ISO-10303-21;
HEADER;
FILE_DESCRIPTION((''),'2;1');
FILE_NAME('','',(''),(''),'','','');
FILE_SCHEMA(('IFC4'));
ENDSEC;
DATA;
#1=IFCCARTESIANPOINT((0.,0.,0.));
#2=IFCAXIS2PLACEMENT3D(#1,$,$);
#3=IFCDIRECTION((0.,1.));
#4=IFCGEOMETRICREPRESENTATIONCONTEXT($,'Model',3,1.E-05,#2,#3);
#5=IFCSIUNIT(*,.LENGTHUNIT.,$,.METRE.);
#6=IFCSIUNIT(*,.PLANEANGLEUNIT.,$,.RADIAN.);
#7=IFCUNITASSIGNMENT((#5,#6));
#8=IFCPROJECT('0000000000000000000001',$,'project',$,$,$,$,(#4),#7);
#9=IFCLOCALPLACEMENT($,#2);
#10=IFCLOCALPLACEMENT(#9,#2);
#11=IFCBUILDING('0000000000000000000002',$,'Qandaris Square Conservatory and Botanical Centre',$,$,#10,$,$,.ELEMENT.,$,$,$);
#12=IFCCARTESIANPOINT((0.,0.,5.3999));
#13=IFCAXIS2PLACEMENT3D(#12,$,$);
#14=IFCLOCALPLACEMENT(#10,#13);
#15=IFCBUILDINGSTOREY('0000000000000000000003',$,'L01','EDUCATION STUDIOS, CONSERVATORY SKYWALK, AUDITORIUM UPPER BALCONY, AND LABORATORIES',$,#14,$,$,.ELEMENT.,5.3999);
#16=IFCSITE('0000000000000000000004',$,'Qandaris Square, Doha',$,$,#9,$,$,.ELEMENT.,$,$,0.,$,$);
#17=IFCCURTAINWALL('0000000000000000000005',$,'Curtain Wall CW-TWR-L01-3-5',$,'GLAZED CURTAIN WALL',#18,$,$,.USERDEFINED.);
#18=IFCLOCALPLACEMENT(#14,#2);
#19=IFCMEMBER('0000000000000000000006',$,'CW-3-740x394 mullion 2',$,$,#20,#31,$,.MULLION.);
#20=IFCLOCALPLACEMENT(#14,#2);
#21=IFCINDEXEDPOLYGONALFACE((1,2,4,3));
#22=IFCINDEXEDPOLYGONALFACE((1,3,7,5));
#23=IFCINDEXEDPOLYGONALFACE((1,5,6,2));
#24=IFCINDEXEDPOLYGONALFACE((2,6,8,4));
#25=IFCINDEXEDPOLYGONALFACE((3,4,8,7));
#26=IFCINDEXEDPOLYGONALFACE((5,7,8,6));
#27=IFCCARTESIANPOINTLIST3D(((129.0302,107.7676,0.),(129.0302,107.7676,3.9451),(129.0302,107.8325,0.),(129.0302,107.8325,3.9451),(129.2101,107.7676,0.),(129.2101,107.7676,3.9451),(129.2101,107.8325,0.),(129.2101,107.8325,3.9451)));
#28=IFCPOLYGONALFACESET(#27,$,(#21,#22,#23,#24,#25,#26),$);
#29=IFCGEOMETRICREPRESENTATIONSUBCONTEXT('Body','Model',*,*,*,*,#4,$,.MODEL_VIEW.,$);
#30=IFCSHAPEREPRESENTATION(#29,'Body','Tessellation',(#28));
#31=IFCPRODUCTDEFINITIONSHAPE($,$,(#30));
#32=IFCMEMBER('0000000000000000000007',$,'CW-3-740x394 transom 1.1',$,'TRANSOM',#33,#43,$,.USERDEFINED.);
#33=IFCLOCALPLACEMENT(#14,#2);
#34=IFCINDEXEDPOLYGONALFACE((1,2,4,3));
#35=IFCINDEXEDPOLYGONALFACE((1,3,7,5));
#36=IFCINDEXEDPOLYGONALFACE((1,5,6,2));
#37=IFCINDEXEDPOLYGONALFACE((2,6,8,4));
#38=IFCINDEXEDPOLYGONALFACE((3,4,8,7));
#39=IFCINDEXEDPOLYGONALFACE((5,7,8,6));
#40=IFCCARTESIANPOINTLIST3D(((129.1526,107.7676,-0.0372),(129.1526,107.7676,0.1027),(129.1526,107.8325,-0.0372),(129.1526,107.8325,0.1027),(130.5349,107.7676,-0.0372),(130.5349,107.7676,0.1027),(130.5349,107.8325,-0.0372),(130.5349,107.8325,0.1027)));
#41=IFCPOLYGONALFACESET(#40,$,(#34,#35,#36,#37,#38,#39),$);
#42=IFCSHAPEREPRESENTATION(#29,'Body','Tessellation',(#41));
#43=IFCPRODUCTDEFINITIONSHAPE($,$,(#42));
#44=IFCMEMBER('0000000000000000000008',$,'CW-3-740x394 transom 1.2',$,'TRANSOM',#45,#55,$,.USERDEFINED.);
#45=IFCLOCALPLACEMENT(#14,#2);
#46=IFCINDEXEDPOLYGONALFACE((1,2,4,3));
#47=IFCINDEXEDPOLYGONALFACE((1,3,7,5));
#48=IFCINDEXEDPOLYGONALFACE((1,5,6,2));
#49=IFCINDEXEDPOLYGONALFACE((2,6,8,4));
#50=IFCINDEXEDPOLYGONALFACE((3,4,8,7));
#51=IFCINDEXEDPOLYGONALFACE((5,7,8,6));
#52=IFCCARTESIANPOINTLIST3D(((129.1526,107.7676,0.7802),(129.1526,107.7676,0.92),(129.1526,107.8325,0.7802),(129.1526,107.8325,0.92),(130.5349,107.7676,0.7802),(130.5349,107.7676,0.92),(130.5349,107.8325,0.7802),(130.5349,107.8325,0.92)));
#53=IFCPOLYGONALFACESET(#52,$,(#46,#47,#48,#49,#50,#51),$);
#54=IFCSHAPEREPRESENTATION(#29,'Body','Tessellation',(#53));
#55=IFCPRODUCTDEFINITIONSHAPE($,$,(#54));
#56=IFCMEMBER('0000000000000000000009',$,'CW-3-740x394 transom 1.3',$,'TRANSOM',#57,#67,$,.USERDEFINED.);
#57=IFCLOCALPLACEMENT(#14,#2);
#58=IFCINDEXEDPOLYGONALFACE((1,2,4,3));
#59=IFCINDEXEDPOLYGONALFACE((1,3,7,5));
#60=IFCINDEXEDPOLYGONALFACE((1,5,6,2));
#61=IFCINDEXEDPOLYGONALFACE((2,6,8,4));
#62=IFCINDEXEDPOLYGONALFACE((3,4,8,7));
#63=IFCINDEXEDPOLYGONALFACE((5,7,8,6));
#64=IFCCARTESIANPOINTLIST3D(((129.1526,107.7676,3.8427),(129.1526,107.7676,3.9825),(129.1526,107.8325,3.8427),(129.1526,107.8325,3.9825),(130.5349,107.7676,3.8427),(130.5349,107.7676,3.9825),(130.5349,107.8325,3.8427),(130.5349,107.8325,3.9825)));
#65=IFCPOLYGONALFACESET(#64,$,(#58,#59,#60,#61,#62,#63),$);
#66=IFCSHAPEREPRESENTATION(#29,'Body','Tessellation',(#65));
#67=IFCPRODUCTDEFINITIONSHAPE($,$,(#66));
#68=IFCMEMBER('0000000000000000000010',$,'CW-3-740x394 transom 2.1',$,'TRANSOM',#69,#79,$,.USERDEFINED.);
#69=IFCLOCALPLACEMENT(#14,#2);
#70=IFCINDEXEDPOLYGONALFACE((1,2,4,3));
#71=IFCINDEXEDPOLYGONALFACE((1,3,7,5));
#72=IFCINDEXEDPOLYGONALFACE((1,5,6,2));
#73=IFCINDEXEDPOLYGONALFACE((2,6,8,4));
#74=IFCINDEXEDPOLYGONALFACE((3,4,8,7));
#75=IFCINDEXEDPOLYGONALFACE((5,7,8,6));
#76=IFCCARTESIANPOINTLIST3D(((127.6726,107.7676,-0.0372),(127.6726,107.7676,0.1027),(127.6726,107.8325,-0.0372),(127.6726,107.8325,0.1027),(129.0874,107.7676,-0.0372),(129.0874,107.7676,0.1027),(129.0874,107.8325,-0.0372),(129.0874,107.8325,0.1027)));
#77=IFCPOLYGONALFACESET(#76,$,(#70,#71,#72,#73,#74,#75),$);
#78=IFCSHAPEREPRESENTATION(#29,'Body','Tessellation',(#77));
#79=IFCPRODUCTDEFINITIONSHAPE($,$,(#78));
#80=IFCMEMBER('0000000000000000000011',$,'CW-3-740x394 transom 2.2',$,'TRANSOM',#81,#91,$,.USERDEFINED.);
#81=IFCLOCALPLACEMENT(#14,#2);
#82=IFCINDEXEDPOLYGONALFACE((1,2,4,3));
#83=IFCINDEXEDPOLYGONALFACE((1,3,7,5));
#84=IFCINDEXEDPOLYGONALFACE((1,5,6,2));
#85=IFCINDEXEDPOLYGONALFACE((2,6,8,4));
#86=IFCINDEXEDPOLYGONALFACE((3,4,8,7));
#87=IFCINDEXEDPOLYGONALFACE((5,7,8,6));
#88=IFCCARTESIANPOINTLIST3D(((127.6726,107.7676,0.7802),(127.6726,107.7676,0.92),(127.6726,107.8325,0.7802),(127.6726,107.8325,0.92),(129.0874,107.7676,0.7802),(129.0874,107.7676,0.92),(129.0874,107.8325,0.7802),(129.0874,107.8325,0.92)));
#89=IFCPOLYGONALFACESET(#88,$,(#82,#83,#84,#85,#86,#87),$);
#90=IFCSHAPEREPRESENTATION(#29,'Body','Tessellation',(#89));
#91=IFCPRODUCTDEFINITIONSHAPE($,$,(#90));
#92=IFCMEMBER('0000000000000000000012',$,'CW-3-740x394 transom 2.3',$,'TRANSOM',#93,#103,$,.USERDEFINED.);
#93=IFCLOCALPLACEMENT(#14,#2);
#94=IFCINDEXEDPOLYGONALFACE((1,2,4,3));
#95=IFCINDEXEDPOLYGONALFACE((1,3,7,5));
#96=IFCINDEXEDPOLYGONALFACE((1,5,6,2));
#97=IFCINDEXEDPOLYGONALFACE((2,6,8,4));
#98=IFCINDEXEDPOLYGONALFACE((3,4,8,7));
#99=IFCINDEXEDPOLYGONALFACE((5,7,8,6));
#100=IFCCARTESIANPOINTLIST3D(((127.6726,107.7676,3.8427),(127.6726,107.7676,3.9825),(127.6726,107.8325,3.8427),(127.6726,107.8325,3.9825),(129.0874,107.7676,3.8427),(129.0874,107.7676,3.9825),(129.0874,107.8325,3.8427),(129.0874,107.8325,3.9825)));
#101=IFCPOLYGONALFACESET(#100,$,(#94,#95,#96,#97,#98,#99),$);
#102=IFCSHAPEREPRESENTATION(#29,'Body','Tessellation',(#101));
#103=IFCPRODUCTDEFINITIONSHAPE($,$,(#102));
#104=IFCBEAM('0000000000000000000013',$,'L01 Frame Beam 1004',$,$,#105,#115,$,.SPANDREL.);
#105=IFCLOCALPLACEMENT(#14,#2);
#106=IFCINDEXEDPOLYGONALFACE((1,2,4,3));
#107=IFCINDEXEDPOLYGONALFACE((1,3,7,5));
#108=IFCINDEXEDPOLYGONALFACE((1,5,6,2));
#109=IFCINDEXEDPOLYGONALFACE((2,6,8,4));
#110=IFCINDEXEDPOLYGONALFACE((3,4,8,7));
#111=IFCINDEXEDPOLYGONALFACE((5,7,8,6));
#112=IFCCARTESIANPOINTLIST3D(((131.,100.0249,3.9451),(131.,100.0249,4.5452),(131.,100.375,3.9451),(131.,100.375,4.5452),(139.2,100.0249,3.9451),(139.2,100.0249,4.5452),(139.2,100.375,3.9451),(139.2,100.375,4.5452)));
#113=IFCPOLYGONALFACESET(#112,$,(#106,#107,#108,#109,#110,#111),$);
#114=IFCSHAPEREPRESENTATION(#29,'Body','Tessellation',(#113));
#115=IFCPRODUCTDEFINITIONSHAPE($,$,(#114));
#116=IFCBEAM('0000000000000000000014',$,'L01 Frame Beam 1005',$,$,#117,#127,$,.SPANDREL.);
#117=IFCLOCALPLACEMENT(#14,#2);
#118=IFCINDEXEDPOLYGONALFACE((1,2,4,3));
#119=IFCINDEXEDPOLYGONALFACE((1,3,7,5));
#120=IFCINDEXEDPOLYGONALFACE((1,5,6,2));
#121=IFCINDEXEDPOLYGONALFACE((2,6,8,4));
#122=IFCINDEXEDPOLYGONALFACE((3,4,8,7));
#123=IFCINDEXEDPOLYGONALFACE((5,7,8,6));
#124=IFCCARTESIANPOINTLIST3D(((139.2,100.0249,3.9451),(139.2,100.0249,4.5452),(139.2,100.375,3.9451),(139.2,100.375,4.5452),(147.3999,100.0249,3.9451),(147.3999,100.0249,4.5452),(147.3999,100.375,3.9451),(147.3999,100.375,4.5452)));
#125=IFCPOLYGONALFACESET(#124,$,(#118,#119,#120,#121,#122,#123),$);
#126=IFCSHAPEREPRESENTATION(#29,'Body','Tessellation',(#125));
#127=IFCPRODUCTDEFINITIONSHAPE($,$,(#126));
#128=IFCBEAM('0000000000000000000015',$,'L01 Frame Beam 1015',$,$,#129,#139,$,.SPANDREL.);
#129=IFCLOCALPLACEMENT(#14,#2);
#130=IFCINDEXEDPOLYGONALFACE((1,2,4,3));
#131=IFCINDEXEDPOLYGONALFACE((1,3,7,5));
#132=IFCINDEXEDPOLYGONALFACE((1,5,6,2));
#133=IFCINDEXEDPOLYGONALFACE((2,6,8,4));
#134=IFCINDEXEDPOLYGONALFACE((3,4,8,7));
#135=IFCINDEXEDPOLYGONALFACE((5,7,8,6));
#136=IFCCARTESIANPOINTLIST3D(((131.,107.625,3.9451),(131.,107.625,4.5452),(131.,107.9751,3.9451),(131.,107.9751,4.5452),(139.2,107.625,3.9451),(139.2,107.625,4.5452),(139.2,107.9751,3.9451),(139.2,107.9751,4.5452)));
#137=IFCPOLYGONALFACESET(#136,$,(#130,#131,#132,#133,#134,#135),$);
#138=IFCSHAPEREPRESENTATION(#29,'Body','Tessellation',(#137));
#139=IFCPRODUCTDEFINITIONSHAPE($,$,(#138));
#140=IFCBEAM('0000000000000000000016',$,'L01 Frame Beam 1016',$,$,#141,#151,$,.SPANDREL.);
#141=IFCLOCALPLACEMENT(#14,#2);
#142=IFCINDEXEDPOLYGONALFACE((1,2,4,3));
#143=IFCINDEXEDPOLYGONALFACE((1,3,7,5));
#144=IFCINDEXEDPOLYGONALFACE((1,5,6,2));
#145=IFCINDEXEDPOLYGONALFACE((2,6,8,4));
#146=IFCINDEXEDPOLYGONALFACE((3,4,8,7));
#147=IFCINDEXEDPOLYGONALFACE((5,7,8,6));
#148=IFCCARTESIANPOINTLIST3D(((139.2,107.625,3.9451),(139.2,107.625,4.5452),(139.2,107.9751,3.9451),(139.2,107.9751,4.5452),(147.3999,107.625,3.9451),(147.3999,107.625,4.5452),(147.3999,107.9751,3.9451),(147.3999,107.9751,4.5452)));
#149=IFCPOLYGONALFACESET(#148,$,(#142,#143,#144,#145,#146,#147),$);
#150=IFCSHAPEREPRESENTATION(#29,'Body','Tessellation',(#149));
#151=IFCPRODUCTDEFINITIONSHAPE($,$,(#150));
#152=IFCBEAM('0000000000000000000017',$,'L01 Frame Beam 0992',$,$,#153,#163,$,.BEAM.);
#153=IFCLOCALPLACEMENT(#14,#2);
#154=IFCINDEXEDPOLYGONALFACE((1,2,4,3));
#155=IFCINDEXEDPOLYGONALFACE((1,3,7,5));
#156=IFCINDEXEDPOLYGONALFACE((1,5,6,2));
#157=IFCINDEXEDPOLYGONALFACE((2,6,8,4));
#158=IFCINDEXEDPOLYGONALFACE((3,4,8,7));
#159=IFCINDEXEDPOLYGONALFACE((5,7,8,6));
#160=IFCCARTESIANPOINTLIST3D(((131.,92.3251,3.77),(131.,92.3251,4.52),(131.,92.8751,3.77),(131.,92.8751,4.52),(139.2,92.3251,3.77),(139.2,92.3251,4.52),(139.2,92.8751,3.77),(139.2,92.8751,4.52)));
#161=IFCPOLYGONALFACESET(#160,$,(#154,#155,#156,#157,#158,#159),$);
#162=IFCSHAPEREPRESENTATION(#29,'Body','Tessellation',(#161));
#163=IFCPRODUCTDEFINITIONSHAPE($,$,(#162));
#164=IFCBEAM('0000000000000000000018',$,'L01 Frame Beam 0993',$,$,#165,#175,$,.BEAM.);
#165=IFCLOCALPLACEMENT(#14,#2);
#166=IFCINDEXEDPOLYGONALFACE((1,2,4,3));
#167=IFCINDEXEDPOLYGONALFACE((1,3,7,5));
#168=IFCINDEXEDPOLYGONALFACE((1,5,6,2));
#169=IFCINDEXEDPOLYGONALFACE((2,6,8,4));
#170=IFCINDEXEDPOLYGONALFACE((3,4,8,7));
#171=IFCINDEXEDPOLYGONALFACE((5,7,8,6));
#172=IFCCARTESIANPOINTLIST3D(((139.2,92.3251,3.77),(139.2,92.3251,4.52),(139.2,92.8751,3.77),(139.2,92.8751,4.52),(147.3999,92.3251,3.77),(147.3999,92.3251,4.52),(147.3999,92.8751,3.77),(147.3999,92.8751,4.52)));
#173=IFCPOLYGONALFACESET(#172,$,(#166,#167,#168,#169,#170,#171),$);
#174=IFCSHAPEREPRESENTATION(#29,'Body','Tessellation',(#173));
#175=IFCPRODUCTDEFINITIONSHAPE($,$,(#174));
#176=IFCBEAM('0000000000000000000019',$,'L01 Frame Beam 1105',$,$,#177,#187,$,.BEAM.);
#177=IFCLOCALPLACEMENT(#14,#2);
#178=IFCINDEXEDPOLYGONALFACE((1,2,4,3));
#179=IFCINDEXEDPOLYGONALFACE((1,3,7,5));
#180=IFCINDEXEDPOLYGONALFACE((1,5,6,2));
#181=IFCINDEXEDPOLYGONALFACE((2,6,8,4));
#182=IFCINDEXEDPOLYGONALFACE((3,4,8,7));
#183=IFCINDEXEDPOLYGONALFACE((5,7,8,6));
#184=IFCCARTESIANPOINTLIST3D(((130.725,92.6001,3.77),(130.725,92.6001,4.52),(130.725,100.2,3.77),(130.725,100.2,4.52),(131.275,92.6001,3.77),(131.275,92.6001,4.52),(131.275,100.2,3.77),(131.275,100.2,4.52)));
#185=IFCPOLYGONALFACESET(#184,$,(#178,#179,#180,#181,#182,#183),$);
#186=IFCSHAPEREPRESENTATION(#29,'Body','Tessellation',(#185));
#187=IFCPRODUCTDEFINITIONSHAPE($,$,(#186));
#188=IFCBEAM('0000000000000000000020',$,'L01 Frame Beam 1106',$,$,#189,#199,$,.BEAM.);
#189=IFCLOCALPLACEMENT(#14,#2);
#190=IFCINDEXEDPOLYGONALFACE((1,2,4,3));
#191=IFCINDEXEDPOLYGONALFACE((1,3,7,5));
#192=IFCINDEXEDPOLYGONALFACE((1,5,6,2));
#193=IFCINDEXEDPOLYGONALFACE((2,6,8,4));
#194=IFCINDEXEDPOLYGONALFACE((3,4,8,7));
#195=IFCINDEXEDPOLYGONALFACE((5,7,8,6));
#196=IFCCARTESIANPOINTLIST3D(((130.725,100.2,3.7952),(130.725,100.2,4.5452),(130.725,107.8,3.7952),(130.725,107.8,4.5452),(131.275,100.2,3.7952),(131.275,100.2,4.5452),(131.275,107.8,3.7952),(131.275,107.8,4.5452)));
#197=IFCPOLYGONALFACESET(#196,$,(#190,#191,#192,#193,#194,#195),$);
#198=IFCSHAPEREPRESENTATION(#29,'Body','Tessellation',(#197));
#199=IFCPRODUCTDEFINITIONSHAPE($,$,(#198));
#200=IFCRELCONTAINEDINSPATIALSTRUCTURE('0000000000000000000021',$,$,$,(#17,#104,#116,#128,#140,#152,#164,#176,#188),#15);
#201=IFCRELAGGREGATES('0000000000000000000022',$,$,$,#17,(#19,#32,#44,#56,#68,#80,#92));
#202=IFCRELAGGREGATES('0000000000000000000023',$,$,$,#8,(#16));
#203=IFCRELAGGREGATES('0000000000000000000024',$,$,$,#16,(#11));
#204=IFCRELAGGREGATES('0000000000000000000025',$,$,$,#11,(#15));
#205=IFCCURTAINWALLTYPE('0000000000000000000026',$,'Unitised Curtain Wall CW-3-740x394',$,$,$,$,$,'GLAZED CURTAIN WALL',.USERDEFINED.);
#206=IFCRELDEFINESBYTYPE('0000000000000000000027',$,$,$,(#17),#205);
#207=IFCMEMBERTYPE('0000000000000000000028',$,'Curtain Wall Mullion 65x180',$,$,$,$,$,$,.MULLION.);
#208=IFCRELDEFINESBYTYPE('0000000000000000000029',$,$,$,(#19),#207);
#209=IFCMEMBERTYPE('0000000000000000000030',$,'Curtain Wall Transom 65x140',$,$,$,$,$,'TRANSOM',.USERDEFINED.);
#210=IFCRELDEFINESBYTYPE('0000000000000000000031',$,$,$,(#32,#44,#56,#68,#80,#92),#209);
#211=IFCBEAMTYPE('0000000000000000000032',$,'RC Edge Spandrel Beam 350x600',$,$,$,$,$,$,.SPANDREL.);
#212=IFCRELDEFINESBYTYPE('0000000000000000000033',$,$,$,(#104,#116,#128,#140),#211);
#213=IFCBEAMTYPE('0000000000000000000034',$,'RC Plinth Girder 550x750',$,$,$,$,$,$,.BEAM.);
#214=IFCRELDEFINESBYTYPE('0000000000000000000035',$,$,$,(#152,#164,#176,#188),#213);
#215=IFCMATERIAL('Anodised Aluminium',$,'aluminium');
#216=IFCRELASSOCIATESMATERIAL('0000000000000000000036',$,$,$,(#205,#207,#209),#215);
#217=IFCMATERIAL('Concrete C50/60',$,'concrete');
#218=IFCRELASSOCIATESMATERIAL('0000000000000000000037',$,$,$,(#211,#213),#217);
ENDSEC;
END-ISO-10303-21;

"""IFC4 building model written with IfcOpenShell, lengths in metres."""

from ifc_helpers import new_model, si_unit, direction, frame, origin, origin_2d, place, context, subcontext, project, spatial, rectangle, extrude, material, material_profile, profile_set, type_object, element, aggregate, save


model = new_model("IFC4")

# Units and contexts
model_context = context("Model", 3, precision=1e-05, world=origin(), true_north=direction((0.0, 1.0)))
body_context = subcontext(model_context, "Body", "Model", "MODEL_VIEW")
ifc_project = project(units=[si_unit("LENGTHUNIT", "METRE"), si_unit("PLANEANGLEUNIT", "RADIAN")], contexts=[model_context])

# Site, building, storey
site_placement = place(None, origin())
site = spatial("IfcSite", under=ifc_project, at=site_placement, Name="Qandaris Square, Doha", CompositionType="ELEMENT", RefElevation=0.0)
building_placement = place(site_placement, origin())
building = spatial("IfcBuilding", under=site, at=building_placement, Name="Qandaris Square Conservatory and Botanical Centre", CompositionType="ELEMENT")
storey_placement = place(building_placement, frame((0.0, 0.0, 5.3999)))
storey = spatial("IfcBuildingStorey", under=building, at=storey_placement, Name="L01", Description="EDUCATION STUDIOS, CONSERVATORY SKYWALK, AUDITORIUM UPPER BALCONY, AND LABORATORIES", CompositionType="ELEMENT", Elevation=5.3999)

# Shared definitions
ifc_material_1 = material(Name="Concrete C50/60", Category="concrete")

# Curtain wall, members
ifc_material_2 = material(Name="Anodised Aluminium", Category="aluminium")
curtain_wall_type = type_object("IfcCurtainWallType", Name="Unitised Curtain Wall CW-3-740x394", ElementType="GLAZED CURTAIN WALL", PredefinedType="USERDEFINED", material=ifc_material_2)
curtain_wall_placement = place(storey_placement, origin())
curtain_wall = element("IfcCurtainWall", 1, at=curtain_wall_placement, inside=storey, type_object=curtain_wall_type, Name="Curtain Wall CW-TWR-L01-3-5", ObjectType="GLAZED CURTAIN WALL", PredefinedType="USERDEFINED")
ifc_material_profile_1 = material_profile(ifc_material_2, rectangle(XDim=0.0649, YDim=0.1799, at=origin_2d()), Name="ALU-MUL 65x180")
ifc_profile_set_1 = profile_set([ifc_material_profile_1], Name="Anodised Aluminium")
member_type_1 = type_object("IfcMemberType", Name="Curtain Wall Mullion 65x180", PredefinedType="MULLION", material=ifc_profile_set_1)
member_1_placement = place(storey_placement, frame((129.1201, 107.8, 0.0), z_axis=(0.0, 0.0, 1.0), x_axis=(0.0, -1.0, 0.0)))
member_1 = element("IfcMember", 2, at=member_1_placement, type_object=member_type_1, Name="CW-3-740x394 mullion 2", PredefinedType="MULLION", context=body_context, shape_type="SweptSolid", body=[
    extrude(rectangle(XDim=0.0649, YDim=0.1799, at=origin_2d()), origin(), (0.0, 0.0, 1.0), 3.9451),
])
ifc_material_profile_2 = material_profile(ifc_material_2, rectangle(XDim=0.0649, YDim=0.1399, at=origin_2d()), Name="ALU-TRN 65x140")
ifc_profile_set_2 = profile_set([ifc_material_profile_2], Name="Anodised Aluminium")
member_type_2 = type_object("IfcMemberType", Name="Curtain Wall Transom 65x140", ElementType="TRANSOM", PredefinedType="USERDEFINED", material=ifc_profile_set_2)
member_2_placement = place(storey_placement, frame((130.5349, 107.8, 0.0327), z_axis=(-1.0, 0.0, 0.0), x_axis=(0.0, -1.0, 0.0)))
member_2 = element("IfcMember", 3, at=member_2_placement, type_object=member_type_2, Name="CW-3-740x394 transom 1.1", ObjectType="TRANSOM", PredefinedType="USERDEFINED", context=body_context, shape_type="SweptSolid", body=[
    extrude(rectangle(XDim=0.0649, YDim=0.1399, at=origin_2d()), origin(), (0.0, 0.0, 1.0), 1.3823),
])
member_3_placement = place(storey_placement, frame((130.5349, 107.8, 0.8501), z_axis=(-1.0, 0.0, 0.0), x_axis=(0.0, -1.0, 0.0)))
member_3 = element("IfcMember", 4, at=member_3_placement, type_object=member_type_2, Name="CW-3-740x394 transom 1.2", ObjectType="TRANSOM", PredefinedType="USERDEFINED", context=body_context, shape_type="SweptSolid", body=[
    extrude(rectangle(XDim=0.0649, YDim=0.1399, at=origin_2d()), origin(), (0.0, 0.0, 1.0), 1.3823),
])
member_4_placement = place(storey_placement, frame((130.5349, 107.8, 3.9126), z_axis=(-1.0, 0.0, 0.0), x_axis=(0.0, -1.0, 0.0)))
member_4 = element("IfcMember", 5, at=member_4_placement, type_object=member_type_2, Name="CW-3-740x394 transom 1.3", ObjectType="TRANSOM", PredefinedType="USERDEFINED", context=body_context, shape_type="SweptSolid", body=[
    extrude(rectangle(XDim=0.0649, YDim=0.1399, at=origin_2d()), origin(), (0.0, 0.0, 1.0), 1.3823),
])
member_5_placement = place(storey_placement, frame((129.0874, 107.8, 0.0327), z_axis=(-1.0, 0.0, 0.0), x_axis=(0.0, -1.0, 0.0)))
member_5 = element("IfcMember", 6, at=member_5_placement, type_object=member_type_2, Name="CW-3-740x394 transom 2.1", ObjectType="TRANSOM", PredefinedType="USERDEFINED", context=body_context, shape_type="SweptSolid", body=[
    extrude(rectangle(XDim=0.0649, YDim=0.1399, at=origin_2d()), origin(), (0.0, 0.0, 1.0), 1.4148),
])
member_6_placement = place(storey_placement, frame((129.0874, 107.8, 0.8501), z_axis=(-1.0, 0.0, 0.0), x_axis=(0.0, -1.0, 0.0)))
member_6 = element("IfcMember", 7, at=member_6_placement, type_object=member_type_2, Name="CW-3-740x394 transom 2.2", ObjectType="TRANSOM", PredefinedType="USERDEFINED", context=body_context, shape_type="SweptSolid", body=[
    extrude(rectangle(XDim=0.0649, YDim=0.1399, at=origin_2d()), origin(), (0.0, 0.0, 1.0), 1.4148),
])
member_7_placement = place(storey_placement, frame((129.0874, 107.8, 3.9126), z_axis=(-1.0, 0.0, 0.0), x_axis=(0.0, -1.0, 0.0)))
member_7 = element("IfcMember", 8, at=member_7_placement, type_object=member_type_2, Name="CW-3-740x394 transom 2.3", ObjectType="TRANSOM", PredefinedType="USERDEFINED", context=body_context, shape_type="SweptSolid", body=[
    extrude(rectangle(XDim=0.0649, YDim=0.1399, at=origin_2d()), origin(), (0.0, 0.0, 1.0), 1.4148),
])

# Beams
ifc_material_profile_3 = material_profile(ifc_material_1, rectangle(XDim=0.3501, YDim=0.6001, at=origin_2d()), Name="RC-SP 350x600")
ifc_profile_set_3 = profile_set([ifc_material_profile_3], Name="Concrete C50/60")
beam_type_1 = type_object("IfcBeamType", Name="RC Edge Spandrel Beam 350x600", PredefinedType="SPANDREL", material=ifc_profile_set_3)
for number, where, z_axis, x_axis, name in (
    (9, (131.0, 100.2, 4.2451), (1.0, 0.0, 0.0), (0.0, 1.0, 0.0), "L01 Frame Beam 1004"),
    (10, (139.2, 100.2, 4.2451), (1.0, 0.0, 0.0), (0.0, 1.0, 0.0), "L01 Frame Beam 1005"),
    (11, (131.0, 107.8, 4.2451), (1.0, 0.0, 0.0), (0.0, 1.0, 0.0), "L01 Frame Beam 1015"),
    (12, (139.2, 107.8, 4.2451), (1.0, 0.0, 0.0), (0.0, 1.0, 0.0), "L01 Frame Beam 1016"),
):
    element("IfcBeam", number, at=place(storey_placement, frame(where, z_axis=z_axis, x_axis=x_axis)), inside=storey, type_object=beam_type_1, Name=name, PredefinedType="SPANDREL", context=body_context, shape_type="SweptSolid", body=[
        extrude(rectangle(XDim=0.3501, YDim=0.6001, at=origin_2d()), origin(), (0.0, 0.0, 1.0), 8.2),
    ])
ifc_material_profile_4 = material_profile(ifc_material_1, rectangle(XDim=0.55, YDim=0.75, at=origin_2d()), Name="RC-BM 550x750")
ifc_profile_set_4 = profile_set([ifc_material_profile_4], Name="Concrete C50/60")
beam_type_2 = type_object("IfcBeamType", Name="RC Plinth Girder 550x750", PredefinedType="BEAM", material=ifc_profile_set_4)
for number, where, z_axis, x_axis, name in (
    (13, (131.0, 92.6001, 4.145), (1.0, 0.0, 0.0), (0.0, 1.0, 0.0), "L01 Frame Beam 0992"),
    (14, (139.2, 92.6001, 4.145), (1.0, 0.0, 0.0), (0.0, 1.0, 0.0), "L01 Frame Beam 0993"),
):
    element("IfcBeam", number, at=place(storey_placement, frame(where, z_axis=z_axis, x_axis=x_axis)), inside=storey, type_object=beam_type_2, Name=name, PredefinedType="BEAM", context=body_context, shape_type="SweptSolid", body=[
        extrude(rectangle(XDim=0.55, YDim=0.75, at=origin_2d()), origin(), (0.0, 0.0, 1.0), 8.2),
    ])
beam_1_placement = place(storey_placement, frame((131.0, 92.6001, 4.145), z_axis=(0.0, 1.0, 0.0), x_axis=(-1.0, 0.0, 0.0)))
element("IfcBeam", 15, at=beam_1_placement, inside=storey, type_object=beam_type_2, Name="L01 Frame Beam 1105", PredefinedType="BEAM", context=body_context, shape_type="SweptSolid", body=[
    extrude(rectangle(XDim=0.55, YDim=0.75, at=origin_2d()), origin(), (0.0, 0.0, 1.0), 7.5999),
])
beam_2_placement = place(storey_placement, frame((131.0, 100.2, 4.1702), z_axis=(0.0, 1.0, 0.0), x_axis=(-1.0, 0.0, 0.0)))
element("IfcBeam", 16, at=beam_2_placement, inside=storey, type_object=beam_type_2, Name="L01 Frame Beam 1106", PredefinedType="BEAM", context=body_context, shape_type="SweptSolid", body=[
    extrude(rectangle(XDim=0.55, YDim=0.75, at=origin_2d()), origin(), (0.0, 0.0, 1.0), 7.6001),
])

aggregate(curtain_wall, [member_1, member_2, member_3, member_4, member_5, member_6, member_7])

save(model, "model.ifc")
